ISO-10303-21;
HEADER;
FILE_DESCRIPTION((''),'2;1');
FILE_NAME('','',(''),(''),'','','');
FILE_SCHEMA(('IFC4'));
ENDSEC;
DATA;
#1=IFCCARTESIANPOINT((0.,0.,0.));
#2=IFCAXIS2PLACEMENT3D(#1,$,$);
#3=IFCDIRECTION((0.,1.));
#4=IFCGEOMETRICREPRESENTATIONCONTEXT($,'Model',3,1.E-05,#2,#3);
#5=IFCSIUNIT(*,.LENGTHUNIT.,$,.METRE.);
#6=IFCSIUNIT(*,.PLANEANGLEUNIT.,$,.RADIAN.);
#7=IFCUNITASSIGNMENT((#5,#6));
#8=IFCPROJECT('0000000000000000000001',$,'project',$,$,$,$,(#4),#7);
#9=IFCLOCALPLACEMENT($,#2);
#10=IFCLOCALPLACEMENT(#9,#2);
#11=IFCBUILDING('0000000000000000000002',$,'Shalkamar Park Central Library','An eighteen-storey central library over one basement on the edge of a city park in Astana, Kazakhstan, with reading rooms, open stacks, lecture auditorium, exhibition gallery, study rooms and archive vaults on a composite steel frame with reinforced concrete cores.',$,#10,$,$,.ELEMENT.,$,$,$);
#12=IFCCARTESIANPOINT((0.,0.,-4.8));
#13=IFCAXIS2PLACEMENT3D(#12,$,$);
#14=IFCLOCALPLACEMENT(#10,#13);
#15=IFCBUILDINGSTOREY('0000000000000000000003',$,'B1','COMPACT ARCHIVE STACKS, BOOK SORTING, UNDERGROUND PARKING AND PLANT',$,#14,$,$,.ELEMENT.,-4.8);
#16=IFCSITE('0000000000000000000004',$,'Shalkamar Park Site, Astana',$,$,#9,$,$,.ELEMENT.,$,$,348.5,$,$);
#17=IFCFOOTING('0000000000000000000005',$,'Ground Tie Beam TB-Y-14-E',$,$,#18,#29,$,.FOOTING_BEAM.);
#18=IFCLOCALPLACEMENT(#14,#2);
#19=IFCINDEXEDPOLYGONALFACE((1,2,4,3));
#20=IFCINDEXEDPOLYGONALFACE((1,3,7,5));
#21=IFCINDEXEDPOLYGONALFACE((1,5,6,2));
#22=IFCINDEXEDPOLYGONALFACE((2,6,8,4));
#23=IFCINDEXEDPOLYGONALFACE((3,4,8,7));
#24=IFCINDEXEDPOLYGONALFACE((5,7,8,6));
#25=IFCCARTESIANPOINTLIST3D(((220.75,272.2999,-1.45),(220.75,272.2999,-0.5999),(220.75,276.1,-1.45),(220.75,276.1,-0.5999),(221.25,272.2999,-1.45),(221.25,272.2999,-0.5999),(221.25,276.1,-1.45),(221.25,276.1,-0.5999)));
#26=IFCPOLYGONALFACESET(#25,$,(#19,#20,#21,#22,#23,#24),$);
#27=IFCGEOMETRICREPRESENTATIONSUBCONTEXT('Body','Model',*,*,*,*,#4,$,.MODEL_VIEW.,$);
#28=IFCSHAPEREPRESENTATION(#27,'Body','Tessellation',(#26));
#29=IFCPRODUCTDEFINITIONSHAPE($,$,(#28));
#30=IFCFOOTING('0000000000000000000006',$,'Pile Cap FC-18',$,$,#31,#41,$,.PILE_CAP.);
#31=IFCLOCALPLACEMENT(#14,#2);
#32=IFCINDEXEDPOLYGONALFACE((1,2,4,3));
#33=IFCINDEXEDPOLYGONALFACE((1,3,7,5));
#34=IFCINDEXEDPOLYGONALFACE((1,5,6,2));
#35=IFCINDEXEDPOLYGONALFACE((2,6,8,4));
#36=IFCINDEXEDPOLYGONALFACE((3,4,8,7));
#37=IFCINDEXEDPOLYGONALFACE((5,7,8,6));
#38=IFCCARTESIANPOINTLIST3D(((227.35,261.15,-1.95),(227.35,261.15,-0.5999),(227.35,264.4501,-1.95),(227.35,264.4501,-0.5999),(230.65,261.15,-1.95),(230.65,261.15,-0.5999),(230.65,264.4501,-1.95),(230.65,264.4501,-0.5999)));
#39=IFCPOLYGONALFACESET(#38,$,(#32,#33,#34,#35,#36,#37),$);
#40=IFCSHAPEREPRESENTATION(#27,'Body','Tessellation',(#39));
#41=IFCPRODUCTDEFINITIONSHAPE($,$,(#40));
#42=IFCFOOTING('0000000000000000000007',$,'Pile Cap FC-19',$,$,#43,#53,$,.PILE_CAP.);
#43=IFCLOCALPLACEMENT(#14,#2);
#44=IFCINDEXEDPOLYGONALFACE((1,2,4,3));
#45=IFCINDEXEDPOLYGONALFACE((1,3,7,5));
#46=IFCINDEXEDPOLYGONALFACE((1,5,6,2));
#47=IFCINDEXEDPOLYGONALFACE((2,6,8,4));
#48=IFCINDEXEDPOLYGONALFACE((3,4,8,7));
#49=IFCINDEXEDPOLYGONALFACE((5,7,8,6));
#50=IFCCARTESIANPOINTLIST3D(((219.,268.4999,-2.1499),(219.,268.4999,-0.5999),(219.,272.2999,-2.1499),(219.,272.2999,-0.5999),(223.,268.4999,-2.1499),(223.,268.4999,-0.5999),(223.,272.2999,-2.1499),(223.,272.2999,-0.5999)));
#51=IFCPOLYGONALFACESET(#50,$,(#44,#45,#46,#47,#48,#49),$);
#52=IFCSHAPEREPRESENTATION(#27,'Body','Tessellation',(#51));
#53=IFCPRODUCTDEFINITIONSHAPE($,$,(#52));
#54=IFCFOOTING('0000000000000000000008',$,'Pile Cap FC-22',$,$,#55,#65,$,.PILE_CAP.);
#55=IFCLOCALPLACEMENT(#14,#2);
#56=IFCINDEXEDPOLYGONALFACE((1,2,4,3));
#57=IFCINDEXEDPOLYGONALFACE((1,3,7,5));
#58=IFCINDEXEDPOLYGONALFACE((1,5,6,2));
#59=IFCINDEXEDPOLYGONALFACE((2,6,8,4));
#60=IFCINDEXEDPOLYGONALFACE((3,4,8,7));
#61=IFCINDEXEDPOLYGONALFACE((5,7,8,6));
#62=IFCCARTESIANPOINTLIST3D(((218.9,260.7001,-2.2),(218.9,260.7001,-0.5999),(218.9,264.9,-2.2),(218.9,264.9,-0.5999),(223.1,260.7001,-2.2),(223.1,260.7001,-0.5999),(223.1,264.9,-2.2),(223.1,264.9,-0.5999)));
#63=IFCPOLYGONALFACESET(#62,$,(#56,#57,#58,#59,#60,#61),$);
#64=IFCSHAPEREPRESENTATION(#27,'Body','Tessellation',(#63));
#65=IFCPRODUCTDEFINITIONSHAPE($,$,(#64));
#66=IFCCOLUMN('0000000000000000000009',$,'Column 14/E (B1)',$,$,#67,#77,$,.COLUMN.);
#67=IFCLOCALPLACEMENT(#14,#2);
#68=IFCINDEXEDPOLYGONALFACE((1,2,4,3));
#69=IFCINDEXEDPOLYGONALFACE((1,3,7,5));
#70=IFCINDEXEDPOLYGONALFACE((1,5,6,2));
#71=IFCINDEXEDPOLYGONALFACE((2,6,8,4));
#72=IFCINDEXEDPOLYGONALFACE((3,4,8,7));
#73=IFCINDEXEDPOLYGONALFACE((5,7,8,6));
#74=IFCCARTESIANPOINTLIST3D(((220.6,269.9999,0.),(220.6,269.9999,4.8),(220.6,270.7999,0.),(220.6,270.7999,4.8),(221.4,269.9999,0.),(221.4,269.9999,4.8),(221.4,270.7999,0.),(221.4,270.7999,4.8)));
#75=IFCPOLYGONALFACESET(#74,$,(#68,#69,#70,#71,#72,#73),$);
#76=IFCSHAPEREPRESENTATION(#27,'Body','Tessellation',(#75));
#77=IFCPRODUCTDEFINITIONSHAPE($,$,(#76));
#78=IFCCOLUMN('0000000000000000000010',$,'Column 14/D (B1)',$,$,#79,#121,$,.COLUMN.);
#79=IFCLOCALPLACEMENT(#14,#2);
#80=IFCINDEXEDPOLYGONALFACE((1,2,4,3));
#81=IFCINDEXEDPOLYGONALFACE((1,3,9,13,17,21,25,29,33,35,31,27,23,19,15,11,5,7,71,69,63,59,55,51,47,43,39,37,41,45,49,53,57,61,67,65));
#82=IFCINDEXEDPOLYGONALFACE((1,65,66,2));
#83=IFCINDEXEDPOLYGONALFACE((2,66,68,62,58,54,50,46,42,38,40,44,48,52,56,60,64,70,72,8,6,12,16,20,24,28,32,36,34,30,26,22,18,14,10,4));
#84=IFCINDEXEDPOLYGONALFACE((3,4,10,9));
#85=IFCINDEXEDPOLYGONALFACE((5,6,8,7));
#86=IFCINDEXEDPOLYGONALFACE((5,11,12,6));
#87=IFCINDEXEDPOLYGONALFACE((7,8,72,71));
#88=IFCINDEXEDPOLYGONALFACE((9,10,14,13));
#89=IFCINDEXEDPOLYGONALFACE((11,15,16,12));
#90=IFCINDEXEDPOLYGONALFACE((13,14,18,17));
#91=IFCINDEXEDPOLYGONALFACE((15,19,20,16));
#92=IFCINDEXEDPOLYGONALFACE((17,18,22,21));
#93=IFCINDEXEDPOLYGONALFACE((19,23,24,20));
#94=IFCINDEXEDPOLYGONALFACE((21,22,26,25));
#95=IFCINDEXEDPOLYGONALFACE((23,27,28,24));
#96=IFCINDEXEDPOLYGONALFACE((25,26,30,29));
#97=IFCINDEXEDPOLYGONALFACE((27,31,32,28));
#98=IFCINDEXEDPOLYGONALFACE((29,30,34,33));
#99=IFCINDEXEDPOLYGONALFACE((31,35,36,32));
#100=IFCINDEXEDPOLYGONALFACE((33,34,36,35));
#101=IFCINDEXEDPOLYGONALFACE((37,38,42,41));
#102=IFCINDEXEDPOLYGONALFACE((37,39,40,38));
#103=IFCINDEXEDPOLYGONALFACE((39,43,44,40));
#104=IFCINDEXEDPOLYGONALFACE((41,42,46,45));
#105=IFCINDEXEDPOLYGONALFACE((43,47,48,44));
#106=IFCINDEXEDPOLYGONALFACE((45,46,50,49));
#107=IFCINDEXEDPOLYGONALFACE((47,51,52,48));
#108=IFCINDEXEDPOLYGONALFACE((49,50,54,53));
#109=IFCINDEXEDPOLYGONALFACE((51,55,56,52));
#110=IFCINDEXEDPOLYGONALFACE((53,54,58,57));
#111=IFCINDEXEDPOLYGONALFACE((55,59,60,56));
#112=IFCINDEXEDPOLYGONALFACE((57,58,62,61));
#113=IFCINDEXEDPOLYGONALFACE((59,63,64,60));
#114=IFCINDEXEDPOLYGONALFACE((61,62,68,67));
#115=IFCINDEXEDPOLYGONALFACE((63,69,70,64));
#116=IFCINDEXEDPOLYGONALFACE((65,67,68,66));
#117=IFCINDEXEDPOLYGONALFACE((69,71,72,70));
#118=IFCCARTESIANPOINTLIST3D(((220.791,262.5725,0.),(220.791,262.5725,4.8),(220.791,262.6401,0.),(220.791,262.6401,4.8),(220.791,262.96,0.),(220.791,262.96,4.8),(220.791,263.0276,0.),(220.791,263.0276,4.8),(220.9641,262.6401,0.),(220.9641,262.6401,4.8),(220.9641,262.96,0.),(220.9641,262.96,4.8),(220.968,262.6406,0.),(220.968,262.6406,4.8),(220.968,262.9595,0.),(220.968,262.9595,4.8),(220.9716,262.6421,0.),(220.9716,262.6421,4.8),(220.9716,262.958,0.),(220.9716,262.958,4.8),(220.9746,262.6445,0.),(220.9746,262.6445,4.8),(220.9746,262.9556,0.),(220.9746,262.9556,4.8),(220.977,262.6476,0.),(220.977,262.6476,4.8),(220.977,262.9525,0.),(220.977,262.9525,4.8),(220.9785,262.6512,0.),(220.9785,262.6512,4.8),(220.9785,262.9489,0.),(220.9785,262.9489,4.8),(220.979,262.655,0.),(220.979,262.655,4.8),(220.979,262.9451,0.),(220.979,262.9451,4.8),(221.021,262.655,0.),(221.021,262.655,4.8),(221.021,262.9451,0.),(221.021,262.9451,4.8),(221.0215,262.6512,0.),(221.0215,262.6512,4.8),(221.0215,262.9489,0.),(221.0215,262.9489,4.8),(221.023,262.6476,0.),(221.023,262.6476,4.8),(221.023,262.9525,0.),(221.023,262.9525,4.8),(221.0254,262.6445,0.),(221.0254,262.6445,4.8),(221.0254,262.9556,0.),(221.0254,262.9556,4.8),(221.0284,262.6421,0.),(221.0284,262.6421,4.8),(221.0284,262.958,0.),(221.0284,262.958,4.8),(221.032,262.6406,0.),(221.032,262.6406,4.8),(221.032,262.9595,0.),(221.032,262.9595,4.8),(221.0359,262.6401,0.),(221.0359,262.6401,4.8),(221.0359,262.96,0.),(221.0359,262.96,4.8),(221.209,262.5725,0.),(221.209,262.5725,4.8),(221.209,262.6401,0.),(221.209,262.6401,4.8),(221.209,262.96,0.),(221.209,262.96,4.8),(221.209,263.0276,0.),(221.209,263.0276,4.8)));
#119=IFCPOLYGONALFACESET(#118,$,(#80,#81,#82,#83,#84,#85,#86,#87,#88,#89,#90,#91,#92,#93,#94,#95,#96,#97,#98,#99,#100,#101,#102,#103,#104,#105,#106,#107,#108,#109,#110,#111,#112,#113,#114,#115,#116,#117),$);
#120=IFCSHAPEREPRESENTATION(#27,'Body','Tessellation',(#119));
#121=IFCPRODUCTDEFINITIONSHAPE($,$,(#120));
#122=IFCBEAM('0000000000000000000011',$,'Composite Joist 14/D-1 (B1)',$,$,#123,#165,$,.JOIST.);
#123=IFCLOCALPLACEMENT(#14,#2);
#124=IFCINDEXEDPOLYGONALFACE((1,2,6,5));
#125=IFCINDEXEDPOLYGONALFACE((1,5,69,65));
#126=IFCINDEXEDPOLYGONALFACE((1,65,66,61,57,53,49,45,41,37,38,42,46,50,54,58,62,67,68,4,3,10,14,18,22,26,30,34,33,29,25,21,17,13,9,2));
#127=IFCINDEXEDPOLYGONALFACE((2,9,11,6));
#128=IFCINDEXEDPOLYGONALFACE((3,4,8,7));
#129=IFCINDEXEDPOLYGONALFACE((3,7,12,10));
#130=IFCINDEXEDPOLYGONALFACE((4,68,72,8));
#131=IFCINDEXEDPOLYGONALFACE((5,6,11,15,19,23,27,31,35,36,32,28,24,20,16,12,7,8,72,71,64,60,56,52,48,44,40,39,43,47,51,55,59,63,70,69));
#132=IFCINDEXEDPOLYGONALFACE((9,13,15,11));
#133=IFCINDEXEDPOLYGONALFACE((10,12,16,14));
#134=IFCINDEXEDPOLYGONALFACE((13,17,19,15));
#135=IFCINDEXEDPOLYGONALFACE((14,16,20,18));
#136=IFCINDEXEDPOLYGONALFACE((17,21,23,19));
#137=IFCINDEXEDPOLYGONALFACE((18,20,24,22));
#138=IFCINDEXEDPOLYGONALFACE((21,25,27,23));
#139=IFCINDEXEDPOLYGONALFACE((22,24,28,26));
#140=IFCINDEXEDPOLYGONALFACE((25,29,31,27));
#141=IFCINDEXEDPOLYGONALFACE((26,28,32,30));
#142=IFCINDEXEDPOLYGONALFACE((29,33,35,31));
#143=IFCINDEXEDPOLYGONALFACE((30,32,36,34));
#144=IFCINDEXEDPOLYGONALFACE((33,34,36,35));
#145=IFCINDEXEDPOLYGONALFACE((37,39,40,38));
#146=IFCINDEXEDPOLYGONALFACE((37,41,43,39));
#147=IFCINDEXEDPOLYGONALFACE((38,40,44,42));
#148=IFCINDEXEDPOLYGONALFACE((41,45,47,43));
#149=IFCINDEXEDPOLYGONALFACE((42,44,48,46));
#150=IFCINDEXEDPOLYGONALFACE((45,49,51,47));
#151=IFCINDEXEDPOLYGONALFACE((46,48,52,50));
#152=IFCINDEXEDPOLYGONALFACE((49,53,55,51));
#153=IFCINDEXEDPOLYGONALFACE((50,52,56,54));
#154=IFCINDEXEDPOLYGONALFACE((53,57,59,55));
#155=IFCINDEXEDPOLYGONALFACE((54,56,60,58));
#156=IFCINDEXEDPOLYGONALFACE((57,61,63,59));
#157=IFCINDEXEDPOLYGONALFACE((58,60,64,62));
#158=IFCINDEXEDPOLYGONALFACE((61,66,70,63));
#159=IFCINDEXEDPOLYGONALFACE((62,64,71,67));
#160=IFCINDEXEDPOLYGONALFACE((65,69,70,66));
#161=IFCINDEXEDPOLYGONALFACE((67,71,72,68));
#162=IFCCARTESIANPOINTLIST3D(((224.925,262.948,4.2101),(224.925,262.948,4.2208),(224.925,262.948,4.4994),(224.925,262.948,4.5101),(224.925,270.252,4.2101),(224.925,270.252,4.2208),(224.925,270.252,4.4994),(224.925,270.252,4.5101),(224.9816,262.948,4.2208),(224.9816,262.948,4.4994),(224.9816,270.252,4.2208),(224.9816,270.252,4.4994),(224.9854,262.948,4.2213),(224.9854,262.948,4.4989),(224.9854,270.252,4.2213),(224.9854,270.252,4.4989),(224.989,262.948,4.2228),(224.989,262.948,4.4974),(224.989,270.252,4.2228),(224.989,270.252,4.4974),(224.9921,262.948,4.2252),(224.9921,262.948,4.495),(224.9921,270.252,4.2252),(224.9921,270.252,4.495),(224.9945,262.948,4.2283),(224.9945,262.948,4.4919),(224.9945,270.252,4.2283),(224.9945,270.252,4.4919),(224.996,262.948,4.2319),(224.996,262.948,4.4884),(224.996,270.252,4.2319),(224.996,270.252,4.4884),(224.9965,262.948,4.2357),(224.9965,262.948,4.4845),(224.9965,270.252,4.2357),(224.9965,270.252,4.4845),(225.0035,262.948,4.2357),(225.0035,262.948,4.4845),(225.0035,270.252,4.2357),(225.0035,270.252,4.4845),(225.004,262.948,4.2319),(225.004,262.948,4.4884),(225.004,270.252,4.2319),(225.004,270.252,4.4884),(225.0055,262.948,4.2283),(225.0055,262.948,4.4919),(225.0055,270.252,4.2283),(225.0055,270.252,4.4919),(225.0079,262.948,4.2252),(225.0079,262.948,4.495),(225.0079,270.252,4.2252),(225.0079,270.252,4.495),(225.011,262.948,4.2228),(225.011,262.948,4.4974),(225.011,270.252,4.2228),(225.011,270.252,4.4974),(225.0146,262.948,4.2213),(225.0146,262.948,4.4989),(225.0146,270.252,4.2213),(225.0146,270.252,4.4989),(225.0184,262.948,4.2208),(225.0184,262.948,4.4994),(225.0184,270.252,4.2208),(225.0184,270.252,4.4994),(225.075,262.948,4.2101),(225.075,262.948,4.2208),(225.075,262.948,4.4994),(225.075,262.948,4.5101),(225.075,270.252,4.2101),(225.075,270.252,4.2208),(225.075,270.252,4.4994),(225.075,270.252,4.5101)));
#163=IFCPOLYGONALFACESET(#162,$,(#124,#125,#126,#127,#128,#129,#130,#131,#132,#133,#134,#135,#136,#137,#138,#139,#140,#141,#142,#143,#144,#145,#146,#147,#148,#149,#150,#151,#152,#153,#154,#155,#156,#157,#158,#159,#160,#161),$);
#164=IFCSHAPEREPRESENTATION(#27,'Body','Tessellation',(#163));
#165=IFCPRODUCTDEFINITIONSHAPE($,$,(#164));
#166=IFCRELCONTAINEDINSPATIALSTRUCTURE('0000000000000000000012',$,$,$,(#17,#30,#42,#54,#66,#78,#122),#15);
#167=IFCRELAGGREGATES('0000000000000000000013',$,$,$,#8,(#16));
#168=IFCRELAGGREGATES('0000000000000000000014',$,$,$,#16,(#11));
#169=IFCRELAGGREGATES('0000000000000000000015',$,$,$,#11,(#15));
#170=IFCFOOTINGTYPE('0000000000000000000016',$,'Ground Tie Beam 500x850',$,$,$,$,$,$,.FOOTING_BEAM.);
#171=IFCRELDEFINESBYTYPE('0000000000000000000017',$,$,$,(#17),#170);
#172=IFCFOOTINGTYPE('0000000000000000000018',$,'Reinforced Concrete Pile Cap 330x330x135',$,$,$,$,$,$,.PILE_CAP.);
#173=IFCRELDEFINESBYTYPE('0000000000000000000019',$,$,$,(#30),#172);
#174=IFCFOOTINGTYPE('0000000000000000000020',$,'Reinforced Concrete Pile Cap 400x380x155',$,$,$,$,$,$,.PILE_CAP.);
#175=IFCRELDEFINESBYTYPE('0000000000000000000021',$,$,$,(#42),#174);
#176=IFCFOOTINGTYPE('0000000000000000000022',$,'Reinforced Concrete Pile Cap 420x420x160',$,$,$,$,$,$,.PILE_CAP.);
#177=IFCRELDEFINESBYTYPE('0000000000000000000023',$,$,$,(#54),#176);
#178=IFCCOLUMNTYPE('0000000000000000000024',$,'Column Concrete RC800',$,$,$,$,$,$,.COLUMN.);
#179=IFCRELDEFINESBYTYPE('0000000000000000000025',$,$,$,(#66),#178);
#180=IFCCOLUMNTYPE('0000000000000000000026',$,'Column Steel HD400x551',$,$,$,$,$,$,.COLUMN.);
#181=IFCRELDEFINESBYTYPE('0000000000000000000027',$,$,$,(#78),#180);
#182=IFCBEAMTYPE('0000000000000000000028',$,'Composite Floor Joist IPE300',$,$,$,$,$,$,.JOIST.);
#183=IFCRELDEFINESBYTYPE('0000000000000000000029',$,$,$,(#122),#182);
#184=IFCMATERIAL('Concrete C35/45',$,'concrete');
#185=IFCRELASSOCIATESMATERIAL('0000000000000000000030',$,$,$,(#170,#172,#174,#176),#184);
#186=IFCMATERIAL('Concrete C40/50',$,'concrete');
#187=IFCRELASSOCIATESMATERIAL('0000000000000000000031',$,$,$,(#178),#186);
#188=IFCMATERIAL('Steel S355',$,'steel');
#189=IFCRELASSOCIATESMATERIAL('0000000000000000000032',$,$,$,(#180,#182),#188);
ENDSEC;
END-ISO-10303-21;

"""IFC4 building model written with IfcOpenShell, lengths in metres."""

from ifc_helpers import new_model, si_unit, direction, frame, origin, origin_2d, place, context, subcontext, project, spatial, rectangle, i_section, extrude, material, material_profile, profile_set, type_object, element, save


model = new_model("IFC4")

# Units and contexts
model_context = context("Model", 3, precision=1e-05, world=origin(), true_north=direction((0.0, 1.0)))
body_context = subcontext(model_context, "Body", "Model", "MODEL_VIEW")
ifc_project = project(units=[si_unit("LENGTHUNIT", "METRE"), si_unit("PLANEANGLEUNIT", "RADIAN")], contexts=[model_context])

# Site, building, storey
site_placement = place(None, origin())
site = spatial("IfcSite", under=ifc_project, at=site_placement, Name="Shalkamar Park Site, Astana", CompositionType="ELEMENT", RefElevation=348.5)
building_placement = place(site_placement, origin())
building = spatial("IfcBuilding", under=site, at=building_placement, Name="Shalkamar Park Central Library", Description="An eighteen-storey central library over one basement on the edge of a city park in Astana, Kazakhstan, with reading rooms, open stacks, lecture auditorium, exhibition gallery, study rooms and archive vaults on a composite steel frame with reinforced concrete cores.", CompositionType="ELEMENT")
storey_placement = place(building_placement, frame((0.0, 0.0, -4.8)))
storey = spatial("IfcBuildingStorey", under=building, at=storey_placement, Name="B1", Description="COMPACT ARCHIVE STACKS, BOOK SORTING, UNDERGROUND PARKING AND PLANT", CompositionType="ELEMENT", Elevation=-4.8)

# Shared definitions
ifc_material_1 = material(Name="Concrete C35/45", Category="concrete")

# Footings
footing_type_1 = type_object("IfcFootingType", Name="Ground Tie Beam 500x850", PredefinedType="FOOTING_BEAM", material=ifc_material_1)
footing_1_placement = place(storey_placement, frame((221.0, 274.2, -1.45), z_axis=(0.0, 0.0, 1.0), x_axis=(0.0, 1.0, 0.0)))
element("IfcFooting", 1, at=footing_1_placement, inside=storey, type_object=footing_type_1, Name="Ground Tie Beam TB-Y-14-E", PredefinedType="FOOTING_BEAM", context=body_context, shape_type="SweptSolid", body=[
    extrude(rectangle(XDim=3.8, YDim=0.5, at=origin_2d()), origin(), (0.0, 0.0, 1.0), 0.8501),
])
footing_type_2 = type_object("IfcFootingType", Name="Reinforced Concrete Pile Cap 330x330x135", PredefinedType="PILE_CAP", material=ifc_material_1)
footing_2_placement = place(storey_placement, frame((229.0, 262.8, -1.95), z_axis=(0.0, 0.0, 1.0), x_axis=(1.0, 0.0, 0.0)))
element("IfcFooting", 2, at=footing_2_placement, inside=storey, type_object=footing_type_2, Name="Pile Cap FC-18", PredefinedType="PILE_CAP", context=body_context, shape_type="SweptSolid", body=[
    extrude(rectangle(XDim=3.3, YDim=3.3, at=origin_2d()), origin(), (0.0, 0.0, 1.0), 1.3501),
])
footing_type_3 = type_object("IfcFootingType", Name="Reinforced Concrete Pile Cap 400x380x155", PredefinedType="PILE_CAP", material=ifc_material_1)
footing_3_placement = place(storey_placement, frame((221.0, 270.3999, -2.1499), z_axis=(0.0, 0.0, 1.0), x_axis=(1.0, 0.0, 0.0)))
element("IfcFooting", 3, at=footing_3_placement, inside=storey, type_object=footing_type_3, Name="Pile Cap FC-19", PredefinedType="PILE_CAP", context=body_context, shape_type="SweptSolid", body=[
    extrude(rectangle(XDim=4.0, YDim=3.8, at=origin_2d()), origin(), (0.0, 0.0, 1.0), 1.55),
])
footing_type_4 = type_object("IfcFootingType", Name="Reinforced Concrete Pile Cap 420x420x160", PredefinedType="PILE_CAP", material=ifc_material_1)
footing_4_placement = place(storey_placement, frame((221.0, 262.8, -2.2), z_axis=(0.0, 0.0, 1.0), x_axis=(1.0, 0.0, 0.0)))
element("IfcFooting", 4, at=footing_4_placement, inside=storey, type_object=footing_type_4, Name="Pile Cap FC-22", PredefinedType="PILE_CAP", context=body_context, shape_type="SweptSolid", body=[
    extrude(rectangle(XDim=4.2, YDim=4.2, at=origin_2d()), origin(), (0.0, 0.0, 1.0), 1.6001),
])

# Columns
ifc_material_2 = material(Name="Concrete C40/50", Category="concrete")
ifc_material_profile_1 = material_profile(ifc_material_2, rectangle(XDim=0.8, YDim=0.8, at=origin_2d()), Name="RC 800x800")
ifc_profile_set_1 = profile_set([ifc_material_profile_1], Name="Concrete C40/50")
column_type_1 = type_object("IfcColumnType", Name="Column Concrete RC800", PredefinedType="COLUMN", material=ifc_profile_set_1)
column_1_placement = place(storey_placement, frame((221.0, 270.3999, 0.0), z_axis=(0.0, 0.0, 1.0), x_axis=(1.0, 0.0, 0.0)))
element("IfcColumn", 5, at=column_1_placement, inside=storey, type_object=column_type_1, Name="Column 14/E (B1)", PredefinedType="COLUMN", context=body_context, shape_type="SweptSolid", body=[
    extrude(rectangle(XDim=0.8, YDim=0.8, at=origin_2d()), origin(), (0.0, 0.0, 1.0), 4.8),
])
ifc_material_3 = material(Name="Steel S355", Category="steel")
ifc_material_profile_2 = material_profile(ifc_material_3, i_section(OverallWidth=0.418, OverallDepth=0.4551, WebThickness=0.042, FlangeThickness=0.0676, FilletRadius=0.0149, at=origin_2d()), Name="HD 400x551")
ifc_profile_set_2 = profile_set([ifc_material_profile_2], Name="Steel S355")
column_type_2 = type_object("IfcColumnType", Name="Column Steel HD400x551", PredefinedType="COLUMN", material=ifc_profile_set_2)
column_2_placement = place(storey_placement, frame((221.0, 262.8, 0.0), z_axis=(0.0, 0.0, 1.0), x_axis=(1.0, 0.0, 0.0)))
element("IfcColumn", 6, at=column_2_placement, inside=storey, type_object=column_type_2, Name="Column 14/D (B1)", PredefinedType="COLUMN", context=body_context, shape_type="SweptSolid", body=[
    extrude(i_section(OverallWidth=0.418, OverallDepth=0.4551, WebThickness=0.042, FlangeThickness=0.0676, FilletRadius=0.0149, at=origin_2d()), origin(), (0.0, 0.0, 1.0), 4.8),
])

# Beam
ifc_material_profile_3 = material_profile(ifc_material_3, i_section(OverallWidth=0.1499, OverallDepth=0.3, WebThickness=0.0071, FlangeThickness=0.0107, FilletRadius=0.0149, at=origin_2d()), Name="IPE 300")
ifc_profile_set_3 = profile_set([ifc_material_profile_3], Name="Steel S355")
beam_type_1 = type_object("IfcBeamType", Name="Composite Floor Joist IPE300", PredefinedType="JOIST", material=ifc_profile_set_3)
beam_1_placement = place(storey_placement, frame((225.0, 262.948, 4.3601), z_axis=(0.0, 1.0, 0.0), x_axis=(-1.0, 0.0, 0.0)))
element("IfcBeam", 7, at=beam_1_placement, inside=storey, type_object=beam_type_1, Name="Composite Joist 14/D-1 (B1)", PredefinedType="JOIST", context=body_context, shape_type="SweptSolid", body=[
    extrude(i_section(OverallWidth=0.1499, OverallDepth=0.3, WebThickness=0.0071, FlangeThickness=0.0107, FilletRadius=0.0149, at=origin_2d()), origin(), (0.0, 0.0, 1.0), 7.304),
])

save(model, "model.ifc")
